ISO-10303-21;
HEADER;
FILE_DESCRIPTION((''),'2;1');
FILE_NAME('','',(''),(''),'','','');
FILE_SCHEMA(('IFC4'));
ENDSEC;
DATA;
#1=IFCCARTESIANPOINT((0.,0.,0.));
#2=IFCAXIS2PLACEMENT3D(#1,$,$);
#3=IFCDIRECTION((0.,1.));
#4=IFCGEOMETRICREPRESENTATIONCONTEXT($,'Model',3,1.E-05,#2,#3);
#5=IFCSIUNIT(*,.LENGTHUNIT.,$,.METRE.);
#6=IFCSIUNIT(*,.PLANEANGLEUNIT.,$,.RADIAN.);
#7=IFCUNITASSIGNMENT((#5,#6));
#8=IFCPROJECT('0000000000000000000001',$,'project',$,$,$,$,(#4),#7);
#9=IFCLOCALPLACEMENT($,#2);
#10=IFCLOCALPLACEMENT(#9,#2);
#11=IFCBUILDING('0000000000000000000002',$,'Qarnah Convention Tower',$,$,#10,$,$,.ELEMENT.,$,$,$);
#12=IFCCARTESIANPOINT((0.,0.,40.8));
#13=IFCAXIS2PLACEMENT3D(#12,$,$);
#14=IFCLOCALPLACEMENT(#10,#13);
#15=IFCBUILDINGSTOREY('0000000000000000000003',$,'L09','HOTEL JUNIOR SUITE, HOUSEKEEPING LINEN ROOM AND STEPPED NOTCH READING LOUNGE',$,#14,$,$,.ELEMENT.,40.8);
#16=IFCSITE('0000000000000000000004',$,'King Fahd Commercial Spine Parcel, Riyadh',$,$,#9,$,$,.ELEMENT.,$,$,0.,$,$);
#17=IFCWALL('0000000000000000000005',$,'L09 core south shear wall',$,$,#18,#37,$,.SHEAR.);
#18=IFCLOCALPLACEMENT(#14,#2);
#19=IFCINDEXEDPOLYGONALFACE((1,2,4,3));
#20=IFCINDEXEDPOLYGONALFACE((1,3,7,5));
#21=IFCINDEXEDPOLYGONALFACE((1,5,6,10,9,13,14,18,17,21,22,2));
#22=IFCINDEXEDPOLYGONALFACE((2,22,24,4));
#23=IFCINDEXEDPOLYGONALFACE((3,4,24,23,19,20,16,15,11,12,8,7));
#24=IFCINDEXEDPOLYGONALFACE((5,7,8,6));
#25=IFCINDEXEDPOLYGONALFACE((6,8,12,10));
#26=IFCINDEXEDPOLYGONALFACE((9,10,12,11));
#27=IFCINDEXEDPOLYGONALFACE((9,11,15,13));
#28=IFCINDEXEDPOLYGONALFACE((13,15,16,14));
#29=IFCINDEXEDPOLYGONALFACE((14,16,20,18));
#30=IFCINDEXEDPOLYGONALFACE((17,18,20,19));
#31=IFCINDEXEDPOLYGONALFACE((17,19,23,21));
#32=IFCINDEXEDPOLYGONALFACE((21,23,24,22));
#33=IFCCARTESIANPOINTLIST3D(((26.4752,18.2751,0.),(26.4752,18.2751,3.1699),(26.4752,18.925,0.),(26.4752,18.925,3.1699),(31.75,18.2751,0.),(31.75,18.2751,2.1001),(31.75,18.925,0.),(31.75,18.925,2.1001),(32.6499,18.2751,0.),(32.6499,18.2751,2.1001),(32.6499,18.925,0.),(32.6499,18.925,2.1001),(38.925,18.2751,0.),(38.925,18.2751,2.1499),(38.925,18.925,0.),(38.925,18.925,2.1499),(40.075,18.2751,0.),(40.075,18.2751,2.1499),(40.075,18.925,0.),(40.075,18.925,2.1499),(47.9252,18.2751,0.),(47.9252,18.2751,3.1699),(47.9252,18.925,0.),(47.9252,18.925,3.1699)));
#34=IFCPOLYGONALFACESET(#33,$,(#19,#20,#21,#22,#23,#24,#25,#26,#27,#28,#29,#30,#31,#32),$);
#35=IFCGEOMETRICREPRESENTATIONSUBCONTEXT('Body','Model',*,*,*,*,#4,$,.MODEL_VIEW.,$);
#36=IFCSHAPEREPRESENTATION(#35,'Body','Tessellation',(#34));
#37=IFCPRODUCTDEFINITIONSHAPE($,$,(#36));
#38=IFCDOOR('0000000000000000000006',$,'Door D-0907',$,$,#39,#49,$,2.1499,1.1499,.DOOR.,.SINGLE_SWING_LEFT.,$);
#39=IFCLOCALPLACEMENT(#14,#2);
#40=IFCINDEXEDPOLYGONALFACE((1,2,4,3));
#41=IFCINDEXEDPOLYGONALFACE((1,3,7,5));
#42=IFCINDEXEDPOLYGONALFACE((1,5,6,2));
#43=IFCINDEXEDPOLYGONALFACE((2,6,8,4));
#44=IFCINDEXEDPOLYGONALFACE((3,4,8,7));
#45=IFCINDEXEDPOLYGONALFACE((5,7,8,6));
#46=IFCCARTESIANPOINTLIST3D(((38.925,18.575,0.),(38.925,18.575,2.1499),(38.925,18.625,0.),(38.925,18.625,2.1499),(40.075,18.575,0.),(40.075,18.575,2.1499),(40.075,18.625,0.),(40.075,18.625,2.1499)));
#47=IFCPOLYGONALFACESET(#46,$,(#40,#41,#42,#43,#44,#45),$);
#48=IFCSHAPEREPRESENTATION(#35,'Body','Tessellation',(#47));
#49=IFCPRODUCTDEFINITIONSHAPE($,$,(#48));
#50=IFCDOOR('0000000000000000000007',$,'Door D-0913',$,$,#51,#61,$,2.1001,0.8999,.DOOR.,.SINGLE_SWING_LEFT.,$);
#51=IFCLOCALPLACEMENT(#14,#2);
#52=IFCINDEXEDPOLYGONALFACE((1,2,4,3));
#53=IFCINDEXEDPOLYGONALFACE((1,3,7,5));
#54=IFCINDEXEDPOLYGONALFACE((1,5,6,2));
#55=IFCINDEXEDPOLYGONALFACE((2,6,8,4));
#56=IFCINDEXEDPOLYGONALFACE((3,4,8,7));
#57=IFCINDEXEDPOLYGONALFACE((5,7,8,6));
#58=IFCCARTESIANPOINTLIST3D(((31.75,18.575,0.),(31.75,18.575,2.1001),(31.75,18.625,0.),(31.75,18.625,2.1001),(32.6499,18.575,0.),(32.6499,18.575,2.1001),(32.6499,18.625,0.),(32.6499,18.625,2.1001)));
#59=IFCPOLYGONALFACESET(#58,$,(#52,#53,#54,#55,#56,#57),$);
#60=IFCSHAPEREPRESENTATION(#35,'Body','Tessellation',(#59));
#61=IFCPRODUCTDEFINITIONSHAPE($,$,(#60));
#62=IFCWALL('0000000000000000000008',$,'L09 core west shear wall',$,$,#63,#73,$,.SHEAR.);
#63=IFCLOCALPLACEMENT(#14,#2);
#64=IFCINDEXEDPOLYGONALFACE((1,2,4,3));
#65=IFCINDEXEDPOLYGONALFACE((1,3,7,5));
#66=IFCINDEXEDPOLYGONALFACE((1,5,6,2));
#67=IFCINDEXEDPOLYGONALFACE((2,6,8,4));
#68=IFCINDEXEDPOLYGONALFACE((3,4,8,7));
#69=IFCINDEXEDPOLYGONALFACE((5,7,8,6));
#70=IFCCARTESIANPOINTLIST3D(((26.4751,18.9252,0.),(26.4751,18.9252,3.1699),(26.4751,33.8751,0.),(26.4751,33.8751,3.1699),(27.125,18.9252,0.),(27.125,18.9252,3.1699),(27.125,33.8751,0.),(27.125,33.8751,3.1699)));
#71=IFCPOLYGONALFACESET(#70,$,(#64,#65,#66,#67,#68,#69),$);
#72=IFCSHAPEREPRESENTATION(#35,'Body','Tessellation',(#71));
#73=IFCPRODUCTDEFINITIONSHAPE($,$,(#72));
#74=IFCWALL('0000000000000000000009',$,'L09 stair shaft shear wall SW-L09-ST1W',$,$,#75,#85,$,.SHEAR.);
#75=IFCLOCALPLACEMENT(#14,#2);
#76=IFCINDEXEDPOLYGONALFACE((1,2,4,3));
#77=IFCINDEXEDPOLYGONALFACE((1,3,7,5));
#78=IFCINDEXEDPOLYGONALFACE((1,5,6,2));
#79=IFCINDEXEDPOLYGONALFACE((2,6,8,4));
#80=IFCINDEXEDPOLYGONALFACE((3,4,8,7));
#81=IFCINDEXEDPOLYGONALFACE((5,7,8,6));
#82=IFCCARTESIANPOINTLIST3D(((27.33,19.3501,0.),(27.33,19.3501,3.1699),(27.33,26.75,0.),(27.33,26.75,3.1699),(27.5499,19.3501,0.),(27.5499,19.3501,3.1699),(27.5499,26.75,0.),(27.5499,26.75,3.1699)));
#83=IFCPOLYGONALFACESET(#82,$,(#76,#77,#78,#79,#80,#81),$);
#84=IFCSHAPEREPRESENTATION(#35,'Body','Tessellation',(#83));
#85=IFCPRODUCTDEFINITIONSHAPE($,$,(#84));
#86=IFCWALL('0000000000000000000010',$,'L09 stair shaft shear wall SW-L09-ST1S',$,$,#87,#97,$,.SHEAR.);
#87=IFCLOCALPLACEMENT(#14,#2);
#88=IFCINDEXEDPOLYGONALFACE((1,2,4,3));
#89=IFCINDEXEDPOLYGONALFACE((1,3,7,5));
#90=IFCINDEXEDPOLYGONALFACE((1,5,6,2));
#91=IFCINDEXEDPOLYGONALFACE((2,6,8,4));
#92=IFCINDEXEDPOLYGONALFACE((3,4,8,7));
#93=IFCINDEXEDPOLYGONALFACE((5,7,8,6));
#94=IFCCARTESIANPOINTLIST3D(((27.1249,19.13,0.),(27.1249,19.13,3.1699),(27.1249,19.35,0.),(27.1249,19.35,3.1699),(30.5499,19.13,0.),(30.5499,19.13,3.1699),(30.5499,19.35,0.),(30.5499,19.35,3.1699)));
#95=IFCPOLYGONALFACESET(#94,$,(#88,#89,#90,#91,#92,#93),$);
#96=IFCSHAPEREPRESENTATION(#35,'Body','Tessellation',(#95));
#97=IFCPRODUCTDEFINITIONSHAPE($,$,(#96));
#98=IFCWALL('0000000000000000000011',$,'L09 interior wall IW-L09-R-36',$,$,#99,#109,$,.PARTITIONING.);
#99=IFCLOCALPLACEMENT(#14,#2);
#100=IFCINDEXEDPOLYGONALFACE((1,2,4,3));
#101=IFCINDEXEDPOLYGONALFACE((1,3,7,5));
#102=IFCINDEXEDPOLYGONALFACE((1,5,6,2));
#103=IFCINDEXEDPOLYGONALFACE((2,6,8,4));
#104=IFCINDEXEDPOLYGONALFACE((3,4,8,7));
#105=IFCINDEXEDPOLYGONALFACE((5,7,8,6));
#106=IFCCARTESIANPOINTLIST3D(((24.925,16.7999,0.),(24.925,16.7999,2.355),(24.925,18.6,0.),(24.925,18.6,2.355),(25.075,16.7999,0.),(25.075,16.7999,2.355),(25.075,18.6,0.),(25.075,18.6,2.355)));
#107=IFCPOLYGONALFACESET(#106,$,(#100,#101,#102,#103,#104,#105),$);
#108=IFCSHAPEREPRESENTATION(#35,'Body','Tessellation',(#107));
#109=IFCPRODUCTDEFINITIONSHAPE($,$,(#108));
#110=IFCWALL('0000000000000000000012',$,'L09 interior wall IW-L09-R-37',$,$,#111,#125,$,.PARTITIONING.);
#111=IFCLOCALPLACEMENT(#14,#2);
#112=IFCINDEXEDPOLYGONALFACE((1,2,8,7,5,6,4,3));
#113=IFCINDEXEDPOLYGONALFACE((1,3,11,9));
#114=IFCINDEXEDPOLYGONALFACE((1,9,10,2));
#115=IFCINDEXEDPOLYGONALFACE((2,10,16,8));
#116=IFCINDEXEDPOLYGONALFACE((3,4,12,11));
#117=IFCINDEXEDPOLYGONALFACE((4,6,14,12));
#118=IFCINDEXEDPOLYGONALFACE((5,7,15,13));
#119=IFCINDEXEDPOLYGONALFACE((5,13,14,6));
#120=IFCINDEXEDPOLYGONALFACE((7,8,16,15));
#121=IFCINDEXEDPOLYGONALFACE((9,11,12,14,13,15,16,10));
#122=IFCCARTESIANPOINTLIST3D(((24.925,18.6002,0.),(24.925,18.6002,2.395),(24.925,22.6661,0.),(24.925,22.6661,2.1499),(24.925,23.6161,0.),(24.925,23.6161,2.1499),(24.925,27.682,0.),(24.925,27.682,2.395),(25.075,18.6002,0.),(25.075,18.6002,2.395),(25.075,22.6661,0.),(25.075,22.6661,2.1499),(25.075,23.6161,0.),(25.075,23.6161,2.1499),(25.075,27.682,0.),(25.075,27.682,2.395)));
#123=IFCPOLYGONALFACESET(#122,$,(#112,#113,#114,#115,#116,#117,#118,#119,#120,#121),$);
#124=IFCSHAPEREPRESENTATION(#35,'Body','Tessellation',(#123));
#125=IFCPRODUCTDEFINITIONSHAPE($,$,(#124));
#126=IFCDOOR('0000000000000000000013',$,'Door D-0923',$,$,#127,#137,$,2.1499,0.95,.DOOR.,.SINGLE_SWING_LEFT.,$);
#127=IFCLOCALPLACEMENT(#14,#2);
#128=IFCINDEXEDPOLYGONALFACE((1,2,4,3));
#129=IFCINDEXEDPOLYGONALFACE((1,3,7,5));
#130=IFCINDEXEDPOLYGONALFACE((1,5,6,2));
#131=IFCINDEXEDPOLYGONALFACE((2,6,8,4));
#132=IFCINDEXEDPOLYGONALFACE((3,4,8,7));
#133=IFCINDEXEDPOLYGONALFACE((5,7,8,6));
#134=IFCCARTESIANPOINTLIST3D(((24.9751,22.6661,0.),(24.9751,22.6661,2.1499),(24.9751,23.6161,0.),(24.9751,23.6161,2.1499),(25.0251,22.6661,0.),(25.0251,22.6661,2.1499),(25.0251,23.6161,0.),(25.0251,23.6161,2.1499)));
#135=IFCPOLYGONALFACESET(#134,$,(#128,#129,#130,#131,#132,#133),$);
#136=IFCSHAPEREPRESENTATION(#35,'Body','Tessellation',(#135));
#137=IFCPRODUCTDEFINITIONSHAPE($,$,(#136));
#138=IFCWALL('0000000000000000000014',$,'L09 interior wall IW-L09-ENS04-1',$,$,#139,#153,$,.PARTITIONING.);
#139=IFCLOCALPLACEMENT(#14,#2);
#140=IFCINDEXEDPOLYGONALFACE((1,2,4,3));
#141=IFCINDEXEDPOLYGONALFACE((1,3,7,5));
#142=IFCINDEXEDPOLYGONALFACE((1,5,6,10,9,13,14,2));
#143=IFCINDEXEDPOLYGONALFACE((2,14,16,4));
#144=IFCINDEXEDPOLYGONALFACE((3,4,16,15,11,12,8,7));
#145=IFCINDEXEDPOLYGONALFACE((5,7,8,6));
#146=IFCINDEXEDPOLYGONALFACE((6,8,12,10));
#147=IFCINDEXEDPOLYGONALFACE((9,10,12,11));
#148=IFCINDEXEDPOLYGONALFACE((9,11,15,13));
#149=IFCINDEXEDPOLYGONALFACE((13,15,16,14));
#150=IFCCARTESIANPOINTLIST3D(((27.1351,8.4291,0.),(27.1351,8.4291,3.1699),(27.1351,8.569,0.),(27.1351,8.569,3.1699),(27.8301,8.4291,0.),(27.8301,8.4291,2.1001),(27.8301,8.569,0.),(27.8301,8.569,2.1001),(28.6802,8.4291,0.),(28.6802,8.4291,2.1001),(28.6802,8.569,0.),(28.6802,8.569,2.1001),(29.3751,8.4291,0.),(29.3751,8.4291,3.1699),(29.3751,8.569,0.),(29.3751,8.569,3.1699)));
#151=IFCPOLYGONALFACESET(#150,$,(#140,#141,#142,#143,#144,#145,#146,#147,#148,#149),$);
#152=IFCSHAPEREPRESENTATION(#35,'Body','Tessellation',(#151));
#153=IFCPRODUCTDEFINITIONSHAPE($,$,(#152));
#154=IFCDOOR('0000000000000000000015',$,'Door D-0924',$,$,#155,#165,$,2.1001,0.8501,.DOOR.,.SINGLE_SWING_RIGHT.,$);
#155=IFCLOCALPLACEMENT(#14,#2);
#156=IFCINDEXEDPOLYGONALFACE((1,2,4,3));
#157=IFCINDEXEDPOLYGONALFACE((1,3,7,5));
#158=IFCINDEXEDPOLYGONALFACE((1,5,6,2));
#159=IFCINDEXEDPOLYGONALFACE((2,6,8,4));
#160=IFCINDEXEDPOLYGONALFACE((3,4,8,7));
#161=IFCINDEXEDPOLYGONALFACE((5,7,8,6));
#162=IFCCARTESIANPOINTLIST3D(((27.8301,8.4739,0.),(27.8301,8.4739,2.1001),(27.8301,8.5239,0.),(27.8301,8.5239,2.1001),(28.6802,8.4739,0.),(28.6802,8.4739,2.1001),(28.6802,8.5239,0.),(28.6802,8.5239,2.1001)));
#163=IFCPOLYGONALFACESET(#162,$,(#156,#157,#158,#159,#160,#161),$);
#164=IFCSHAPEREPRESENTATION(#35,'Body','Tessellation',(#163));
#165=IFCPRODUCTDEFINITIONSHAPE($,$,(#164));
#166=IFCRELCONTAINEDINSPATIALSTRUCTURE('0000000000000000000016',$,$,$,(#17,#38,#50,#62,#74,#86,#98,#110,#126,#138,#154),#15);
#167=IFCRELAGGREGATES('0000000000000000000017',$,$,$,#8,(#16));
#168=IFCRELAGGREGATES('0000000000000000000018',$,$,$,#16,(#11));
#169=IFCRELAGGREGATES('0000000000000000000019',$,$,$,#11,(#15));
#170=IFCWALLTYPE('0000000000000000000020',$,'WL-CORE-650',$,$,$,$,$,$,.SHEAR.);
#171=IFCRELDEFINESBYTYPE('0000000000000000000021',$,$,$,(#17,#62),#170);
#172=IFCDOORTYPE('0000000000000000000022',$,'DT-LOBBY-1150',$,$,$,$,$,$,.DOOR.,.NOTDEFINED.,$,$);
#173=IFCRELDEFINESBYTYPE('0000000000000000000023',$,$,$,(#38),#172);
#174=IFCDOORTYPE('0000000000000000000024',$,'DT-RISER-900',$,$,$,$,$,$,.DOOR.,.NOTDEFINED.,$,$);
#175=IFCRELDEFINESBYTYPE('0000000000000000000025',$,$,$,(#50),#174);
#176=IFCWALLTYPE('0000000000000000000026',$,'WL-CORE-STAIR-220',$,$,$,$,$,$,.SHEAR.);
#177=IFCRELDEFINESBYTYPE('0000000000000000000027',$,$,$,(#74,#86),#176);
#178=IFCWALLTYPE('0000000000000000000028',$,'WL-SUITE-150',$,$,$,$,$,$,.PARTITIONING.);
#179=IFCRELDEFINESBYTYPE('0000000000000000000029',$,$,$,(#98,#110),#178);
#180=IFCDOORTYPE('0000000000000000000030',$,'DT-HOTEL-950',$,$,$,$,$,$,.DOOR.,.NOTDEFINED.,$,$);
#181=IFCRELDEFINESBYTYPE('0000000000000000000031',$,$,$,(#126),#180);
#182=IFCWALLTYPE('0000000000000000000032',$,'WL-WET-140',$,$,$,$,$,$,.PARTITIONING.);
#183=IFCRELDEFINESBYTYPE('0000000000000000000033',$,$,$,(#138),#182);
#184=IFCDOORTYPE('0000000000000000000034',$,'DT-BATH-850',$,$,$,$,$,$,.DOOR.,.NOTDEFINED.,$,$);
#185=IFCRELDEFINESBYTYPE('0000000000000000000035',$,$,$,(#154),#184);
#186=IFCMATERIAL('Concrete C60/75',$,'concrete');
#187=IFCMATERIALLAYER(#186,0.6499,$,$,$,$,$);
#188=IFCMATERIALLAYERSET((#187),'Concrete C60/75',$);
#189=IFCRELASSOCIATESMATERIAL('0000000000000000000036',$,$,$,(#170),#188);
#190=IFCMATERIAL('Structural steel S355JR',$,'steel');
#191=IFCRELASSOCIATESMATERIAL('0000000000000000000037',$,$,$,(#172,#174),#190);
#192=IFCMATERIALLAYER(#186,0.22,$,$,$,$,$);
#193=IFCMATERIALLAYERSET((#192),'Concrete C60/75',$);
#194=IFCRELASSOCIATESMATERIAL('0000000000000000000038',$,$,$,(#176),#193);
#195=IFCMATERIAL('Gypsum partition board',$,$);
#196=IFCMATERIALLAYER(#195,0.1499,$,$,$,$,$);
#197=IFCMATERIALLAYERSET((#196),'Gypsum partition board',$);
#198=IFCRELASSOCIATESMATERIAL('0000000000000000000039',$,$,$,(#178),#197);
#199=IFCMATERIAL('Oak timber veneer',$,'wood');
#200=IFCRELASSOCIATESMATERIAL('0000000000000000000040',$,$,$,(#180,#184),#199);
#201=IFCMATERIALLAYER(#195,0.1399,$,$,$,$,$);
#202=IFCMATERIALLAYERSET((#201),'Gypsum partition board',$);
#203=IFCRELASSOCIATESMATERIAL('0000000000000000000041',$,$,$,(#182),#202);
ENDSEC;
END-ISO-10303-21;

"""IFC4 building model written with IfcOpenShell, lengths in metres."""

from ifc_helpers import new_model, si_unit, direction, frame, frame_2d, origin, place, context, subcontext, project, spatial, rectangle, extrude, material, layer, layer_set, type_object, element, fill, save


model = new_model("IFC4")

# Units and contexts
model_context = context("Model", 3, precision=1e-05, world=origin(), true_north=direction((0.0, 1.0)))
body_context = subcontext(model_context, "Body", "Model", "MODEL_VIEW")
ifc_project = project(units=[si_unit("LENGTHUNIT", "METRE"), si_unit("PLANEANGLEUNIT", "RADIAN")], contexts=[model_context])

# Site, building, storey
site_placement = place(None, origin())
site = spatial("IfcSite", under=ifc_project, at=site_placement, Name="King Fahd Commercial Spine Parcel, Riyadh", CompositionType="ELEMENT", RefElevation=0.0)
building_placement = place(site_placement, origin())
building = spatial("IfcBuilding", under=site, at=building_placement, Name="Qarnah Convention Tower", CompositionType="ELEMENT")
storey_placement = place(building_placement, frame((0.0, 0.0, 40.8)))
storey = spatial("IfcBuildingStorey", under=building, at=storey_placement, Name="L09", Description="HOTEL JUNIOR SUITE, HOUSEKEEPING LINEN ROOM AND STEPPED NOTCH READING LOUNGE", CompositionType="ELEMENT", Elevation=40.8)

# Shared definitions
ifc_material_1 = material(Name="Concrete C60/75", Category="concrete")
ifc_material_2 = material(Name="Structural steel S355JR", Category="steel")

# Wall, openings, doors
ifc_layer_1 = layer(ifc_material_1, 0.6499)
ifc_layer_set_1 = layer_set([ifc_layer_1], Name="Concrete C60/75")
wall_type_1 = type_object("IfcWallType", Name="WL-CORE-650", PredefinedType="SHEAR", material=ifc_layer_set_1)
wall_1_placement = place(storey_placement, frame((26.4751, 18.6001, 0.0), z_axis=(0.0, 0.0, 1.0), x_axis=(1.0, 0.0, 0.0)))
wall_1 = element("IfcWall", 1, at=wall_1_placement, inside=storey, type_object=wall_type_1, Name="L09 core south shear wall", PredefinedType="SHEAR", context=body_context, shape_type="SweptSolid", body=[
    extrude(rectangle(XDim=21.45, YDim=0.6499, at=frame_2d((10.7251, 0.0))), origin(), (0.0, 0.0, 1.0), 3.1699),
])
opening_1_placement = place(wall_1_placement, frame((12.45, 0.0, 0.0)))
opening_1 = element("IfcOpeningElement", 2, at=opening_1_placement, cuts=wall_1, PredefinedType="OPENING", context=body_context, shape_type="SweptSolid", body=[
    extrude(rectangle(XDim=1.1499, YDim=2.1499, at=frame_2d((0.575, 1.075))), frame((0.0, 0.335, 0.0), z_axis=(0.0, -1.0, 0.0), x_axis=(1.0, 0.0, 0.0)), (0.0, 0.0, 1.0), 0.6699),
])
opening_2_placement = place(wall_1_placement, frame((5.2749, 0.0, 0.0)))
opening_2 = element("IfcOpeningElement", 3, at=opening_2_placement, cuts=wall_1, PredefinedType="OPENING", context=body_context, shape_type="SweptSolid", body=[
    extrude(rectangle(XDim=0.8999, YDim=2.1001, at=frame_2d((0.45, 1.05))), frame((0.0, 0.335, 0.0), z_axis=(0.0, -1.0, 0.0), x_axis=(1.0, 0.0, 0.0)), (0.0, 0.0, 1.0), 0.6699),
])
door_type_1 = type_object("IfcDoorType", Name="DT-LOBBY-1150", OperationType="NOTDEFINED", PredefinedType="DOOR", material=ifc_material_2)
door_1_placement = place(opening_1_placement, origin())
door_1 = element("IfcDoor", 4, at=door_1_placement, inside=storey, type_object=door_type_1, Name="Door D-0907", OperationType="SINGLE_SWING_LEFT", OverallHeight=2.1499, OverallWidth=1.1499, PredefinedType="DOOR", context=body_context, shape_type="SweptSolid", body=[
    extrude(rectangle(XDim=1.1499, YDim=2.1499, at=frame_2d((0.575, 1.075))), frame((0.0, 0.0249, 0.0), z_axis=(0.0, -1.0, 0.0), x_axis=(1.0, 0.0, 0.0)), (0.0, 0.0, 1.0), 0.05),
])
fill(opening_1, door_1)
door_type_2 = type_object("IfcDoorType", Name="DT-RISER-900", OperationType="NOTDEFINED", PredefinedType="DOOR", material=ifc_material_2)
door_2_placement = place(opening_2_placement, origin())
door_2 = element("IfcDoor", 5, at=door_2_placement, inside=storey, type_object=door_type_2, Name="Door D-0913", OperationType="SINGLE_SWING_LEFT", OverallHeight=2.1001, OverallWidth=0.8999, PredefinedType="DOOR", context=body_context, shape_type="SweptSolid", body=[
    extrude(rectangle(XDim=0.8999, YDim=2.1001, at=frame_2d((0.45, 1.05))), frame((0.0, 0.0249, 0.0), z_axis=(0.0, -1.0, 0.0), x_axis=(1.0, 0.0, 0.0)), (0.0, 0.0, 1.0), 0.05),
])
fill(opening_2, door_2)

# Walls
wall_2_placement = place(storey_placement, frame((26.8, 18.925, 0.0), z_axis=(0.0, 0.0, 1.0), x_axis=(0.0, 1.0, 0.0)))
element("IfcWall", 6, at=wall_2_placement, inside=storey, type_object=wall_type_1, Name="L09 core west shear wall", PredefinedType="SHEAR", context=body_context, shape_type="SweptSolid", body=[
    extrude(rectangle(XDim=14.95, YDim=0.6499, at=frame_2d((7.4751, 0.0))), origin(), (0.0, 0.0, 1.0), 3.1699),
])
ifc_layer_2 = layer(ifc_material_1, 0.22)
ifc_layer_set_2 = layer_set([ifc_layer_2], Name="Concrete C60/75")
wall_type_2 = type_object("IfcWallType", Name="WL-CORE-STAIR-220", PredefinedType="SHEAR", material=ifc_layer_set_2)
wall_3_placement = place(storey_placement, frame((27.4399, 19.3501, 0.0), z_axis=(0.0, 0.0, 1.0), x_axis=(0.0, 1.0, 0.0)))
element("IfcWall", 7, at=wall_3_placement, inside=storey, type_object=wall_type_2, Name="L09 stair shaft shear wall SW-L09-ST1W", PredefinedType="SHEAR", context=body_context, shape_type="SweptSolid", body=[
    extrude(rectangle(XDim=7.3999, YDim=0.22, at=frame_2d((3.7, 0.0))), origin(), (0.0, 0.0, 1.0), 3.1699),
])
wall_4_placement = place(storey_placement, frame((27.125, 19.24, 0.0), z_axis=(0.0, 0.0, 1.0), x_axis=(1.0, 0.0, 0.0)))
element("IfcWall", 8, at=wall_4_placement, inside=storey, type_object=wall_type_2, Name="L09 stair shaft shear wall SW-L09-ST1S", PredefinedType="SHEAR", context=body_context, shape_type="SweptSolid", body=[
    extrude(rectangle(XDim=3.425, YDim=0.22, at=frame_2d((1.7124, 0.0))), origin(), (0.0, 0.0, 1.0), 3.1699),
])
ifc_material_3 = material(Name="Gypsum partition board")
ifc_layer_3 = layer(ifc_material_3, 0.1499)
ifc_layer_set_3 = layer_set([ifc_layer_3], Name="Gypsum partition board")
wall_type_3 = type_object("IfcWallType", Name="WL-SUITE-150", PredefinedType="PARTITIONING", material=ifc_layer_set_3)
wall_5_placement = place(storey_placement, frame((25.0, 16.8, 0.0), z_axis=(0.0, 0.0, 1.0), x_axis=(0.0, 1.0, 0.0)))
element("IfcWall", 9, at=wall_5_placement, inside=storey, type_object=wall_type_3, Name="L09 interior wall IW-L09-R-36", PredefinedType="PARTITIONING", context=body_context, shape_type="SweptSolid", body=[
    extrude(rectangle(XDim=1.8, YDim=0.1499, at=frame_2d((0.8999, 0.0))), origin(), (0.0, 0.0, 1.0), 2.355),
])

# Walls, openings, doors
wall_6_placement = place(storey_placement, frame((25.0, 18.6001, 0.0), z_axis=(0.0, 0.0, 1.0), x_axis=(0.0, 1.0, 0.0)))
wall_6 = element("IfcWall", 10, at=wall_6_placement, inside=storey, type_object=wall_type_3, Name="L09 interior wall IW-L09-R-37", PredefinedType="PARTITIONING", context=body_context, shape_type="SweptSolid", body=[
    extrude(rectangle(XDim=9.0818, YDim=0.1499, at=frame_2d((4.541, 0.0))), origin(), (0.0, 0.0, 1.0), 2.395),
])
opening_3_placement = place(wall_6_placement, frame((4.0659, 0.0, 0.0)))
opening_3 = element("IfcOpeningElement", 11, at=opening_3_placement, cuts=wall_6, PredefinedType="OPENING", context=body_context, shape_type="SweptSolid", body=[
    extrude(rectangle(XDim=0.95, YDim=2.1499, at=frame_2d((0.4751, 1.075))), frame((0.0, 0.085, 0.0), z_axis=(0.0, -1.0, 0.0), x_axis=(1.0, 0.0, 0.0)), (0.0, 0.0, 1.0), 0.1699),
])
ifc_material_4 = material(Name="Oak timber veneer", Category="wood")
door_type_3 = type_object("IfcDoorType", Name="DT-HOTEL-950", OperationType="NOTDEFINED", PredefinedType="DOOR", material=ifc_material_4)
door_3_placement = place(opening_3_placement, origin())
door_3 = element("IfcDoor", 12, at=door_3_placement, inside=storey, type_object=door_type_3, Name="Door D-0923", OperationType="SINGLE_SWING_LEFT", OverallHeight=2.1499, OverallWidth=0.95, PredefinedType="DOOR", context=body_context, shape_type="SweptSolid", body=[
    extrude(rectangle(XDim=0.95, YDim=2.1499, at=frame_2d((0.4751, 1.075))), frame((0.0, 0.0249, 0.0), z_axis=(0.0, -1.0, 0.0), x_axis=(1.0, 0.0, 0.0)), (0.0, 0.0, 1.0), 0.05),
])
fill(opening_3, door_3)
ifc_layer_4 = layer(ifc_material_3, 0.1399)
ifc_layer_set_4 = layer_set([ifc_layer_4], Name="Gypsum partition board")
wall_type_4 = type_object("IfcWallType", Name="WL-WET-140", PredefinedType="PARTITIONING", material=ifc_layer_set_4)
wall_7_placement = place(storey_placement, frame((27.135, 8.499, 0.0), z_axis=(0.0, 0.0, 1.0), x_axis=(1.0, 0.0, 0.0)))
wall_7 = element("IfcWall", 13, at=wall_7_placement, inside=storey, type_object=wall_type_4, Name="L09 interior wall IW-L09-ENS04-1", PredefinedType="PARTITIONING", context=body_context, shape_type="SweptSolid", body=[
    extrude(rectangle(XDim=2.24, YDim=0.1399, at=frame_2d((1.1201, 0.0))), origin(), (0.0, 0.0, 1.0), 3.1699),
])
opening_4_placement = place(wall_7_placement, frame((0.6951, 0.0, 0.0)))
opening_4 = element("IfcOpeningElement", 14, at=opening_4_placement, cuts=wall_7, PredefinedType="OPENING", context=body_context, shape_type="SweptSolid", body=[
    extrude(rectangle(XDim=0.8501, YDim=2.1001, at=frame_2d((0.425, 1.05))), frame((0.0, 0.0798, 0.0), z_axis=(0.0, -1.0, 0.0), x_axis=(1.0, 0.0, 0.0)), (0.0, 0.0, 1.0), 0.1599),
])
door_type_4 = type_object("IfcDoorType", Name="DT-BATH-850", OperationType="NOTDEFINED", PredefinedType="DOOR", material=ifc_material_4)
door_4_placement = place(opening_4_placement, origin())
door_4 = element("IfcDoor", 15, at=door_4_placement, inside=storey, type_object=door_type_4, Name="Door D-0924", OperationType="SINGLE_SWING_RIGHT", OverallHeight=2.1001, OverallWidth=0.8501, PredefinedType="DOOR", context=body_context, shape_type="SweptSolid", body=[
    extrude(rectangle(XDim=0.8501, YDim=2.1001, at=frame_2d((0.425, 1.05))), frame((0.0, 0.0249, 0.0), z_axis=(0.0, -1.0, 0.0), x_axis=(1.0, 0.0, 0.0)), (0.0, 0.0, 1.0), 0.05),
])
fill(opening_4, door_4)

save(model, "model.ifc")
